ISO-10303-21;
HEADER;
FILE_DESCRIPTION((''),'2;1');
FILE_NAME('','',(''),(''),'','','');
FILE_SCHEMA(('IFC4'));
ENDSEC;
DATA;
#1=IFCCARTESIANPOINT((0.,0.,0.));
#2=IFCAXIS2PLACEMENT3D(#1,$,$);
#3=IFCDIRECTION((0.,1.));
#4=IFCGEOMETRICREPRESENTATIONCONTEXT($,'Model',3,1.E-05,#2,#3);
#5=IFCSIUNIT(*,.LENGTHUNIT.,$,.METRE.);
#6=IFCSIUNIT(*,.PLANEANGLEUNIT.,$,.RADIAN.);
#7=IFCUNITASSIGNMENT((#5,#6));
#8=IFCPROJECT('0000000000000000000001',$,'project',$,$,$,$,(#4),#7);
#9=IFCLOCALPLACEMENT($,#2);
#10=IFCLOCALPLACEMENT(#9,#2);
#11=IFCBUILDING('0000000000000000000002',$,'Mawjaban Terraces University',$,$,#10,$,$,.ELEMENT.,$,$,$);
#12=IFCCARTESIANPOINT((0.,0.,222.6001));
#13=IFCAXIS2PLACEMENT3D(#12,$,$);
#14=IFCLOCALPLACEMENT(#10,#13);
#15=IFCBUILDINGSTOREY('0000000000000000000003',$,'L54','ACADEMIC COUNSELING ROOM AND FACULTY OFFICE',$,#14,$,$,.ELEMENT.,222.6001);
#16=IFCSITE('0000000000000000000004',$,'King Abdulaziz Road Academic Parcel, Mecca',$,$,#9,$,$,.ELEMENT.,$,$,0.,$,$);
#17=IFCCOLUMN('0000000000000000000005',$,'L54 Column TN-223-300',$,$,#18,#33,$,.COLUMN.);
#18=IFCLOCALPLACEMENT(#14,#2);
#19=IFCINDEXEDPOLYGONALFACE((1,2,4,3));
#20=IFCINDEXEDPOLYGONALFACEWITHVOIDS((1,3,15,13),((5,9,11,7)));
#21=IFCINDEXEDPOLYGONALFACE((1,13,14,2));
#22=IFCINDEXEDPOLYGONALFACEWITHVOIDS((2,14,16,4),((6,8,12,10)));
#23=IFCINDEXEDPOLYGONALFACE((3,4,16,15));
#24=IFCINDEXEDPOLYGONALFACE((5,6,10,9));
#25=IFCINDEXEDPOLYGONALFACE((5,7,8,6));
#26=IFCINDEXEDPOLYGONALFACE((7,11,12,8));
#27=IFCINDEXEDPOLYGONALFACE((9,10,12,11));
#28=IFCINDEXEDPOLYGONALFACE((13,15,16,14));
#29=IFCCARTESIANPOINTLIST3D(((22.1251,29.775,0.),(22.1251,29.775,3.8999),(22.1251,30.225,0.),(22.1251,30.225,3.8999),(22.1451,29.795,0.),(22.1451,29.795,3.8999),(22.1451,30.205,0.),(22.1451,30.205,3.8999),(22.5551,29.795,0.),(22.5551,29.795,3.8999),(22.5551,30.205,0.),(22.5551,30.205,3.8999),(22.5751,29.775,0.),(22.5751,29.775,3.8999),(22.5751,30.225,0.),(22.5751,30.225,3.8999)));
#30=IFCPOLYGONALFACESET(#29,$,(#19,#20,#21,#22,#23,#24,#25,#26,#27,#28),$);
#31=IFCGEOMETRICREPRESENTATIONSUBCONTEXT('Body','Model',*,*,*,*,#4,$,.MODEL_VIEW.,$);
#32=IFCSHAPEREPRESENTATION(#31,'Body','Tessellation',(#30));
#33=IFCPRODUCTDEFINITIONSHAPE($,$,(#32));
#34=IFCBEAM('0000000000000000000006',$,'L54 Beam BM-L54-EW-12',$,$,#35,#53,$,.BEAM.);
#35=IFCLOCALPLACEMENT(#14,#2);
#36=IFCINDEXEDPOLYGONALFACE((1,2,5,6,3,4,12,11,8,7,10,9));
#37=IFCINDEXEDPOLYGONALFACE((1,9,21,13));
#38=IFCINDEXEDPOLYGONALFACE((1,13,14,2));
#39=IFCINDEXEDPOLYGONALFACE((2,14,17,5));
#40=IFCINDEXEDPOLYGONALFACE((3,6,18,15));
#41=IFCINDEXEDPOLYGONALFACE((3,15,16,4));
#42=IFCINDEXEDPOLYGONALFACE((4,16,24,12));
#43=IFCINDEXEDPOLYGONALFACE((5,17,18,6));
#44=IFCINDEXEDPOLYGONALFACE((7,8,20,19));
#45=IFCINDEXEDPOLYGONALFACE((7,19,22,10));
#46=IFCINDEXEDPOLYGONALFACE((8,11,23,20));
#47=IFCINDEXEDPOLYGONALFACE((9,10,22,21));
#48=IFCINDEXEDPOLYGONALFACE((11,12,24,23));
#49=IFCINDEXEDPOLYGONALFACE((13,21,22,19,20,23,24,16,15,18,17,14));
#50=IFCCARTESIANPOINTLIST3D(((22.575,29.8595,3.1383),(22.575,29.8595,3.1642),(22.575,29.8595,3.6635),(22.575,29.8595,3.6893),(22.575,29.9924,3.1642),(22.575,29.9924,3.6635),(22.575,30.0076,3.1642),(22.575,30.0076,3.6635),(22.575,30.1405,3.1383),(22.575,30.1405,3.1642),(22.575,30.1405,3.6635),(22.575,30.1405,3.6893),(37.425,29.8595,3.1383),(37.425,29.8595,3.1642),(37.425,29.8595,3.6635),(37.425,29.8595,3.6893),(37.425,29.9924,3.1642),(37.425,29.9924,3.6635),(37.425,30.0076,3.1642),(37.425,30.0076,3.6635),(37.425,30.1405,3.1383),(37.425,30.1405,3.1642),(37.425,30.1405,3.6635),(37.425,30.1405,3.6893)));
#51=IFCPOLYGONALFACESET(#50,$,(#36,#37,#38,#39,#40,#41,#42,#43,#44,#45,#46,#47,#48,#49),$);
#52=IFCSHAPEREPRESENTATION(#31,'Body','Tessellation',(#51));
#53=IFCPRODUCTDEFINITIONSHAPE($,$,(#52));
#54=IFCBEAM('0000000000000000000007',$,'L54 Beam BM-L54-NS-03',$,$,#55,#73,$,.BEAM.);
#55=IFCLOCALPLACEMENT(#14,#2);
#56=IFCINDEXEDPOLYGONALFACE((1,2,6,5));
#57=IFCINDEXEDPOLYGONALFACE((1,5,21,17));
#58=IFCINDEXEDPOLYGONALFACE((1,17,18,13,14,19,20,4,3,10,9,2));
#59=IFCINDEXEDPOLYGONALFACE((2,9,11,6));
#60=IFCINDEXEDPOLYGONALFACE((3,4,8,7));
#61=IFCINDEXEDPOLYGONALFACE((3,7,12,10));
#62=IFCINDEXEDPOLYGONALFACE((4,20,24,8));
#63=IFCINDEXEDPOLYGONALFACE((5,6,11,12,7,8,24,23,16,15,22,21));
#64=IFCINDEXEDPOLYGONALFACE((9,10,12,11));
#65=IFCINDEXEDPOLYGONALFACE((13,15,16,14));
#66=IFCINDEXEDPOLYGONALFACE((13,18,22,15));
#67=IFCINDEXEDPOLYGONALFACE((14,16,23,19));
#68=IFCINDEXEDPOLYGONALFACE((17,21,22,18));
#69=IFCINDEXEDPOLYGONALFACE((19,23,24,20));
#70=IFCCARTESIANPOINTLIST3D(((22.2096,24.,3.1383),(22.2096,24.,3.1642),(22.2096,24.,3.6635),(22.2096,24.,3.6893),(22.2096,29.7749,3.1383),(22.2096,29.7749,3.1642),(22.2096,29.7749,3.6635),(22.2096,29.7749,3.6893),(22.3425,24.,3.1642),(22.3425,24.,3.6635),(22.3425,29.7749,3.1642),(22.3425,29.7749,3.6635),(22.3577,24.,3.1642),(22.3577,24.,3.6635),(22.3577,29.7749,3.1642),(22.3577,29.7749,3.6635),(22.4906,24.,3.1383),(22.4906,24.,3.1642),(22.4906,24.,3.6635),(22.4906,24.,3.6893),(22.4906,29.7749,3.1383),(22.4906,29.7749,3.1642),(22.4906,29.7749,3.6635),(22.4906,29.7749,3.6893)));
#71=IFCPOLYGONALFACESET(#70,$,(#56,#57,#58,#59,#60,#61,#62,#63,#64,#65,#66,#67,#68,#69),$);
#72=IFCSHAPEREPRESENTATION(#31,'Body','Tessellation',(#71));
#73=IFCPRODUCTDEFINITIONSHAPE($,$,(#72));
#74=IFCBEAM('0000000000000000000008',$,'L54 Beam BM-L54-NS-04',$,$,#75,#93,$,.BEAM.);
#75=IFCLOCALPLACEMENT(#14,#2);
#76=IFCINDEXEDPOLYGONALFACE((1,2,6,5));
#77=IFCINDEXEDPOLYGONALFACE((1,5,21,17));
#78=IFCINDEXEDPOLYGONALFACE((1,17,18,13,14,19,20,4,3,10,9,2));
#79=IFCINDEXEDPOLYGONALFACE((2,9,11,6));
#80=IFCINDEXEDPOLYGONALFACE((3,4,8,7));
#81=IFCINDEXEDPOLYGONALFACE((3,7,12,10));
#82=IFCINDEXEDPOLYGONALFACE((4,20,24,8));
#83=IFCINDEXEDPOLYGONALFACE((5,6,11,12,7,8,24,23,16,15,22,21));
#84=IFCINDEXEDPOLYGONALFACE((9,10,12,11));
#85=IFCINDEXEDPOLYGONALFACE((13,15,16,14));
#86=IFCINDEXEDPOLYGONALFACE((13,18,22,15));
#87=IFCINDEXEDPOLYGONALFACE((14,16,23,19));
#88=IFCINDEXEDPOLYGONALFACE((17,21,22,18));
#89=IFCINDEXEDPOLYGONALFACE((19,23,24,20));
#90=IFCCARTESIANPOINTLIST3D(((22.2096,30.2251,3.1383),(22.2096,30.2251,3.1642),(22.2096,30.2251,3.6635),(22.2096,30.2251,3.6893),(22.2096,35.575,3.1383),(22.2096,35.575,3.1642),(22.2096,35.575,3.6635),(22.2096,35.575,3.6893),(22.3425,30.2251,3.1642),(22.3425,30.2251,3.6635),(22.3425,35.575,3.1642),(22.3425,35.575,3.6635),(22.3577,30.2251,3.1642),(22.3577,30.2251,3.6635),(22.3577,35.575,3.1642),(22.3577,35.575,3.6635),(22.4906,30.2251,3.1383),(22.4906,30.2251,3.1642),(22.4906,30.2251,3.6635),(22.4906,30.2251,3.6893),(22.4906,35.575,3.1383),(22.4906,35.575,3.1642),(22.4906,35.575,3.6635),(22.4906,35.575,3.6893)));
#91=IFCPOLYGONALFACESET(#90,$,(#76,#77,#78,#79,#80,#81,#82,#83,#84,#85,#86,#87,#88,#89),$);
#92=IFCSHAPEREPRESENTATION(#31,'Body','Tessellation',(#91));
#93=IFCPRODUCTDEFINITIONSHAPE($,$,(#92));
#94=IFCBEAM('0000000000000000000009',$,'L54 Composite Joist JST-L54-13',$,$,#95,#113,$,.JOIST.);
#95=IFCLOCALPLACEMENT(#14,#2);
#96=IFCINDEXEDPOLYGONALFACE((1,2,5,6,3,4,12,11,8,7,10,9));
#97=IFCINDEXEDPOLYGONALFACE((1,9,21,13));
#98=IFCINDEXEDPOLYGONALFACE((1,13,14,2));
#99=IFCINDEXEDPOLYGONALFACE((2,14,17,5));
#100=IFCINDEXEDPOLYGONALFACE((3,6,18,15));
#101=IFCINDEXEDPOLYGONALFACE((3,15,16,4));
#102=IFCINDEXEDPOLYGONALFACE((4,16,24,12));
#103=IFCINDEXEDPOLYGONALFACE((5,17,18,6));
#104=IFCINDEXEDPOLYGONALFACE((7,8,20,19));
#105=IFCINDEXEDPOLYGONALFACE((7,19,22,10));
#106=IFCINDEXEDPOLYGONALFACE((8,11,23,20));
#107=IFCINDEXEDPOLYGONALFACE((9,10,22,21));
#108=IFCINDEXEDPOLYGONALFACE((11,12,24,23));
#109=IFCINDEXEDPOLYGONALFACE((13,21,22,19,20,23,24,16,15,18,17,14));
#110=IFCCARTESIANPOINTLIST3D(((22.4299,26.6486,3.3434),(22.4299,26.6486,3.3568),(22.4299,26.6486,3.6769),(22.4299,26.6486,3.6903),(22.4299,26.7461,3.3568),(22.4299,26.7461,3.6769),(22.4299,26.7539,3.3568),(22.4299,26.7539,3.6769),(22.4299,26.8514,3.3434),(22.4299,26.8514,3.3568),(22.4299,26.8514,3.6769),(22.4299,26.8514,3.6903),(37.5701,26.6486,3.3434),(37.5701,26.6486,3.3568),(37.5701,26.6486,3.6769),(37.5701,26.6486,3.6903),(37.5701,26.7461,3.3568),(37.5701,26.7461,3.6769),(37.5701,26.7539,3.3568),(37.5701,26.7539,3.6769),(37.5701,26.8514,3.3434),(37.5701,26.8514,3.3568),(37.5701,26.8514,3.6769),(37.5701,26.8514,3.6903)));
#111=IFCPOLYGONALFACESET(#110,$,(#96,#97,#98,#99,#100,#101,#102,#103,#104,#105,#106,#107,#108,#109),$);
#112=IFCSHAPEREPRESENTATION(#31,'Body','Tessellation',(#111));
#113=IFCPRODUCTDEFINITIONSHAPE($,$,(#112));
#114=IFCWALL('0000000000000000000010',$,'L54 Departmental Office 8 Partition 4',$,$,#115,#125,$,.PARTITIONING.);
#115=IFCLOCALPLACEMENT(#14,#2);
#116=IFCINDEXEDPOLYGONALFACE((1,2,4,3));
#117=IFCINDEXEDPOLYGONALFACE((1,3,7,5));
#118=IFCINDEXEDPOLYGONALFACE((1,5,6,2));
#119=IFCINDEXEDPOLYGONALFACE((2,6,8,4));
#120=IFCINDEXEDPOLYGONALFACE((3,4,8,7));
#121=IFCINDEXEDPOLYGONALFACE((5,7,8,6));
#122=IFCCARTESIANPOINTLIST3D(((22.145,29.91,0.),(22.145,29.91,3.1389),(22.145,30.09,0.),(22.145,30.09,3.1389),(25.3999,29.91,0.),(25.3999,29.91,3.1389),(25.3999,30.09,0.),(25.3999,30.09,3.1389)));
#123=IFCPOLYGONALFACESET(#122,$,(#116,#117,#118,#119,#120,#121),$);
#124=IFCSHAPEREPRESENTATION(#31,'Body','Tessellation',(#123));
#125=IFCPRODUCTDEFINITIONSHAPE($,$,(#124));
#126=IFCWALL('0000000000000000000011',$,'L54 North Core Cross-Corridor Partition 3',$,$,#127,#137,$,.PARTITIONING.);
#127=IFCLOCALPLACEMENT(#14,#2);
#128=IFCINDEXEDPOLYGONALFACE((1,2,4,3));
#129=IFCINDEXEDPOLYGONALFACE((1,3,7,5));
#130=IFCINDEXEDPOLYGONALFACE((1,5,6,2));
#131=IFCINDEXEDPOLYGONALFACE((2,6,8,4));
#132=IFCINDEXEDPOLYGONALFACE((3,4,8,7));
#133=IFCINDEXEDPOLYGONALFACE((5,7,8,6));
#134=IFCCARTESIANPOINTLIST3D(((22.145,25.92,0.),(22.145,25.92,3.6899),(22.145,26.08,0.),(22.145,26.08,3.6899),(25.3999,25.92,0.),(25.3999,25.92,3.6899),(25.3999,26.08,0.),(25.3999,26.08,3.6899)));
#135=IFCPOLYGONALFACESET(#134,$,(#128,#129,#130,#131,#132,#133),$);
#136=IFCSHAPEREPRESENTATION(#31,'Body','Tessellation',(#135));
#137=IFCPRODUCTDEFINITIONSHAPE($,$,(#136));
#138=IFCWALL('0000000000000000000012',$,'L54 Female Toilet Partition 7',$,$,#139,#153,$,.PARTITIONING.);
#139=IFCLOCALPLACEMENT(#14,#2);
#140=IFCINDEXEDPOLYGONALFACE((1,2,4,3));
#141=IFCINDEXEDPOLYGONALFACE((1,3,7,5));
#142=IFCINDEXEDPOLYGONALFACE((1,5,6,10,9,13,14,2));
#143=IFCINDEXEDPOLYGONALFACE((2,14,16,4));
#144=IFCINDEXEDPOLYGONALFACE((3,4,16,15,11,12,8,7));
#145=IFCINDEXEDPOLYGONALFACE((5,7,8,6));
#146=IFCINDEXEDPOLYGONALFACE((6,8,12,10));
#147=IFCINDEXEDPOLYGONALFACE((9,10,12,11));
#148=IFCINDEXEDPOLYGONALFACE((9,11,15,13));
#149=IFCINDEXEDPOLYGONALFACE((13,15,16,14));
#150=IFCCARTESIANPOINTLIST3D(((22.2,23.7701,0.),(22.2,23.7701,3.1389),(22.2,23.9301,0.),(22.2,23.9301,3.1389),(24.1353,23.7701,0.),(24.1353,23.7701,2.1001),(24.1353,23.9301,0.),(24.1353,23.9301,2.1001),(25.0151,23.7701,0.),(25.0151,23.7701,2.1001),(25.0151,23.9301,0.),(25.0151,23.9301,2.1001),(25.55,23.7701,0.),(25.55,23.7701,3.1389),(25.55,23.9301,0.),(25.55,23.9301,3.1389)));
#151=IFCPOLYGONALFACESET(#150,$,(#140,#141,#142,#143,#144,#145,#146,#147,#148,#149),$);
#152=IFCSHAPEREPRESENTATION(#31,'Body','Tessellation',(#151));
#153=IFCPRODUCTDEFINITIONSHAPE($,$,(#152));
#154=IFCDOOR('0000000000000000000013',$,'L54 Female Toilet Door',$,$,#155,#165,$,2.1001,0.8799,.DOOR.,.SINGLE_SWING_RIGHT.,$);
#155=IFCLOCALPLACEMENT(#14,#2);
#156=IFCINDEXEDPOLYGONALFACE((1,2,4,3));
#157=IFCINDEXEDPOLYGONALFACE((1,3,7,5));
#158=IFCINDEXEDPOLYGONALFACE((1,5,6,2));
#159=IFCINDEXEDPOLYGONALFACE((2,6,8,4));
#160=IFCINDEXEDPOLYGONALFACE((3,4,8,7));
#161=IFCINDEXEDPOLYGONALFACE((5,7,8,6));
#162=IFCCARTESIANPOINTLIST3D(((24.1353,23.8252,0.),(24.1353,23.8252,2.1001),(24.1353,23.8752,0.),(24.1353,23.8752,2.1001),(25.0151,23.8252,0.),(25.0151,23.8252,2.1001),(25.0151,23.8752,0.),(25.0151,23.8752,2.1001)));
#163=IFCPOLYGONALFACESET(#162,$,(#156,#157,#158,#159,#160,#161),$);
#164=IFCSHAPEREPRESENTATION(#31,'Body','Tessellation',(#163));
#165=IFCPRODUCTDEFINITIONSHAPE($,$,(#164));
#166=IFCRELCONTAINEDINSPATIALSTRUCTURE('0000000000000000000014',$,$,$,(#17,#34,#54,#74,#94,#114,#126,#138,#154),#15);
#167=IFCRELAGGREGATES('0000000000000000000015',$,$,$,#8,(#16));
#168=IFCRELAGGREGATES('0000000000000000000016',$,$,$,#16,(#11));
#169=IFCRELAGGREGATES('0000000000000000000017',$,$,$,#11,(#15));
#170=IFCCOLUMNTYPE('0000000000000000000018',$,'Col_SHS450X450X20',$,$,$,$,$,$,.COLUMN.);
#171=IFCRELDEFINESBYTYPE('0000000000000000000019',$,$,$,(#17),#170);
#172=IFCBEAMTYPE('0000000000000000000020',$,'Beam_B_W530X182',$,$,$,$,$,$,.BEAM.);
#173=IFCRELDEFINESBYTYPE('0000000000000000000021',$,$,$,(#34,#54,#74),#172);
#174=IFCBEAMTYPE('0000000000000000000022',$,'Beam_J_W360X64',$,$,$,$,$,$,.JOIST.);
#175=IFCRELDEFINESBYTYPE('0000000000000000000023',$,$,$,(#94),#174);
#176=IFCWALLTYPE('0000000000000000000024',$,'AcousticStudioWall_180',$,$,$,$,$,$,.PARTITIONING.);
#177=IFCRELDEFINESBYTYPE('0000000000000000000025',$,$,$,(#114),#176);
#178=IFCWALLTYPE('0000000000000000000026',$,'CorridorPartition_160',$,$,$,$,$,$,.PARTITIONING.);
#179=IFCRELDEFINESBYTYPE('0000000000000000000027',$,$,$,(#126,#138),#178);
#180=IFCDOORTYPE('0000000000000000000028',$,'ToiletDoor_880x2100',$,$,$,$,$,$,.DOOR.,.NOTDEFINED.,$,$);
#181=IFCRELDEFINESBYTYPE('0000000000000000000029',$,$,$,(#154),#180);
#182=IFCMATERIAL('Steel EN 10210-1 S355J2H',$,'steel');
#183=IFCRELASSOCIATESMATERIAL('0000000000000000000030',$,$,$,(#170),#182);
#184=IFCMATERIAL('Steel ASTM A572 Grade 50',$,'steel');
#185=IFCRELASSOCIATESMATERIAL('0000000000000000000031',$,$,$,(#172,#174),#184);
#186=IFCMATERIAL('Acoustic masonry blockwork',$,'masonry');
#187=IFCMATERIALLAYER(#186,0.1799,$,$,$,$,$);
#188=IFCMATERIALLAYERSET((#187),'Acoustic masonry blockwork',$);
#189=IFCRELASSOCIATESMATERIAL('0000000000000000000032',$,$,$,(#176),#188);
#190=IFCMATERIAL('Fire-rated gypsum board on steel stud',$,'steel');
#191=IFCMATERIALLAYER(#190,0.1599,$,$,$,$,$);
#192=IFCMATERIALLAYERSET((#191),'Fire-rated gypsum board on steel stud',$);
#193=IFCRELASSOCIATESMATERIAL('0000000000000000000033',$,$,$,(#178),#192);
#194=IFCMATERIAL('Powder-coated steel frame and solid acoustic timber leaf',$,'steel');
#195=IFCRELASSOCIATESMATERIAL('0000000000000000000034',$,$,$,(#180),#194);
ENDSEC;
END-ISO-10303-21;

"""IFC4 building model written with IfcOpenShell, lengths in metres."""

from ifc_helpers import new_model, si_unit, direction, frame, frame_2d, origin, origin_2d, place, context, subcontext, project, spatial, rectangle, hollow_rectangle, i_section, extrude, material, layer, layer_set, material_profile, profile_set, type_object, element, fill, save


model = new_model("IFC4")

# Units and contexts
model_context = context("Model", 3, precision=1e-05, world=origin(), true_north=direction((0.0, 1.0)))
body_context = subcontext(model_context, "Body", "Model", "MODEL_VIEW")
ifc_project = project(units=[si_unit("LENGTHUNIT", "METRE"), si_unit("PLANEANGLEUNIT", "RADIAN")], contexts=[model_context])

# Site, building, storey
site_placement = place(None, origin())
site = spatial("IfcSite", under=ifc_project, at=site_placement, Name="King Abdulaziz Road Academic Parcel, Mecca", CompositionType="ELEMENT", RefElevation=0.0)
building_placement = place(site_placement, origin())
building = spatial("IfcBuilding", under=site, at=building_placement, Name="Mawjaban Terraces University", CompositionType="ELEMENT")
storey_placement = place(building_placement, frame((0.0, 0.0, 222.6001)))
storey = spatial("IfcBuildingStorey", under=building, at=storey_placement, Name="L54", Description="ACADEMIC COUNSELING ROOM AND FACULTY OFFICE", CompositionType="ELEMENT", Elevation=222.6001)

# Column
ifc_material_1 = material(Name="Steel EN 10210-1 S355J2H", Category="steel")
ifc_material_profile_1 = material_profile(ifc_material_1, hollow_rectangle(XDim=0.45, YDim=0.45, WallThickness=0.02, at=origin_2d()), Name="SHS450X450X20")
ifc_profile_set_1 = profile_set([ifc_material_profile_1], Name="Steel EN 10210-1 S355J2H")
column_type = type_object("IfcColumnType", Name="Col_SHS450X450X20", PredefinedType="COLUMN", material=ifc_profile_set_1)
column_placement = place(storey_placement, frame((22.3501, 30.0, 0.0), z_axis=(0.0, 0.0, 1.0), x_axis=(1.0, 0.0, 0.0)))
element("IfcColumn", 1, at=column_placement, inside=storey, type_object=column_type, Name="L54 Column TN-223-300", PredefinedType="COLUMN", context=body_context, shape_type="SweptSolid", body=[
    extrude(hollow_rectangle(XDim=0.45, YDim=0.45, WallThickness=0.02, at=origin_2d()), origin(), (0.0, 0.0, 1.0), 3.8999),
])

# Beams
ifc_material_2 = material(Name="Steel ASTM A572 Grade 50", Category="steel")
ifc_material_profile_2 = material_profile(ifc_material_2, i_section(OverallWidth=0.281, OverallDepth=0.551, WebThickness=0.0151, FlangeThickness=0.0259, at=origin_2d()), Name="W530X182")
ifc_profile_set_2 = profile_set([ifc_material_profile_2], Name="Steel ASTM A572 Grade 50")
beam_type_1 = type_object("IfcBeamType", Name="Beam_B_W530X182", PredefinedType="BEAM", material=ifc_profile_set_2)
beam_1_placement = place(storey_placement, frame((22.575, 30.0, 3.4138), z_axis=(1.0, 0.0, 0.0), x_axis=(0.0, 1.0, 0.0)))
element("IfcBeam", 2, at=beam_1_placement, inside=storey, type_object=beam_type_1, Name="L54 Beam BM-L54-EW-12", PredefinedType="BEAM", context=body_context, shape_type="SweptSolid", body=[
    extrude(i_section(OverallWidth=0.281, OverallDepth=0.551, WebThickness=0.0151, FlangeThickness=0.0259, at=origin_2d()), origin(), (0.0, 0.0, 1.0), 14.8501),
])
beam_2_placement = place(storey_placement, frame((22.3501, 24.0, 3.4138), z_axis=(0.0, 1.0, 0.0), x_axis=(-1.0, 0.0, 0.0)))
element("IfcBeam", 3, at=beam_2_placement, inside=storey, type_object=beam_type_1, Name="L54 Beam BM-L54-NS-03", PredefinedType="BEAM", context=body_context, shape_type="SweptSolid", body=[
    extrude(i_section(OverallWidth=0.281, OverallDepth=0.551, WebThickness=0.0151, FlangeThickness=0.0259, at=origin_2d()), origin(), (0.0, 0.0, 1.0), 5.7749),
])
beam_3_placement = place(storey_placement, frame((22.3501, 30.2251, 3.4138), z_axis=(0.0, 1.0, 0.0), x_axis=(-1.0, 0.0, 0.0)))
element("IfcBeam", 4, at=beam_3_placement, inside=storey, type_object=beam_type_1, Name="L54 Beam BM-L54-NS-04", PredefinedType="BEAM", context=body_context, shape_type="SweptSolid", body=[
    extrude(i_section(OverallWidth=0.281, OverallDepth=0.551, WebThickness=0.0151, FlangeThickness=0.0259, at=origin_2d()), origin(), (0.0, 0.0, 1.0), 5.3499),
])
ifc_material_profile_3 = material_profile(ifc_material_2, i_section(OverallWidth=0.2029, OverallDepth=0.3469, WebThickness=0.0078, FlangeThickness=0.0134, at=origin_2d()), Name="W360X64")
ifc_profile_set_3 = profile_set([ifc_material_profile_3], Name="Steel ASTM A572 Grade 50")
beam_type_2 = type_object("IfcBeamType", Name="Beam_J_W360X64", PredefinedType="JOIST", material=ifc_profile_set_3)
beam_4_placement = place(storey_placement, frame((22.4299, 26.75, 3.5168), z_axis=(1.0, 0.0, 0.0), x_axis=(0.0, 1.0, 0.0)))
element("IfcBeam", 5, at=beam_4_placement, inside=storey, type_object=beam_type_2, Name="L54 Composite Joist JST-L54-13", PredefinedType="JOIST", context=body_context, shape_type="SweptSolid", body=[
    extrude(i_section(OverallWidth=0.2029, OverallDepth=0.3469, WebThickness=0.0078, FlangeThickness=0.0134, at=origin_2d()), origin(), (0.0, 0.0, 1.0), 15.1401),
])

# Walls
ifc_material_3 = material(Name="Acoustic masonry blockwork", Category="masonry")
ifc_layer_1 = layer(ifc_material_3, 0.1799)
ifc_layer_set_1 = layer_set([ifc_layer_1], Name="Acoustic masonry blockwork")
wall_type_1 = type_object("IfcWallType", Name="AcousticStudioWall_180", PredefinedType="PARTITIONING", material=ifc_layer_set_1)
wall_1_placement = place(storey_placement, frame((25.3999, 30.0, 0.0), z_axis=(0.0, 0.0, 1.0), x_axis=(-1.0, 0.0, 0.0)))
element("IfcWall", 6, at=wall_1_placement, inside=storey, type_object=wall_type_1, Name="L54 Departmental Office 8 Partition 4", PredefinedType="PARTITIONING", context=body_context, shape_type="SweptSolid", body=[
    extrude(rectangle(XDim=3.2549, YDim=0.1799, at=frame_2d((1.6274, 0.0))), origin(), (0.0, 0.0, 1.0), 3.1389),
])
ifc_material_4 = material(Name="Fire-rated gypsum board on steel stud", Category="steel")
ifc_layer_2 = layer(ifc_material_4, 0.1599)
ifc_layer_set_2 = layer_set([ifc_layer_2], Name="Fire-rated gypsum board on steel stud")
wall_type_2 = type_object("IfcWallType", Name="CorridorPartition_160", PredefinedType="PARTITIONING", material=ifc_layer_set_2)
wall_2_placement = place(storey_placement, frame((25.3999, 26.0, 0.0), z_axis=(0.0, 0.0, 1.0), x_axis=(-1.0, 0.0, 0.0)))
element("IfcWall", 7, at=wall_2_placement, inside=storey, type_object=wall_type_2, Name="L54 North Core Cross-Corridor Partition 3", PredefinedType="PARTITIONING", context=body_context, shape_type="SweptSolid", body=[
    extrude(rectangle(XDim=3.2549, YDim=0.1599, at=frame_2d((1.6274, 0.0))), origin(), (0.0, 0.0, 1.0), 3.6899),
])

# Wall, opening, door
wall_3_placement = place(storey_placement, frame((25.55, 23.8501, 0.0), z_axis=(0.0, 0.0, 1.0), x_axis=(-1.0, 0.0, 0.0)))
wall_3 = element("IfcWall", 8, at=wall_3_placement, inside=storey, type_object=wall_type_2, Name="L54 Female Toilet Partition 7", PredefinedType="PARTITIONING", context=body_context, shape_type="SweptSolid", body=[
    extrude(rectangle(XDim=3.3501, YDim=0.1599, at=frame_2d((1.675, 0.0))), origin(), (0.0, 0.0, 1.0), 3.1389),
])
opening_1_placement = place(wall_3_placement, frame((0.5349, 0.0, 0.0)))
opening_1 = element("IfcOpeningElement", 9, at=opening_1_placement, cuts=wall_3, PredefinedType="OPENING", context=body_context, shape_type="SweptSolid", body=[
    extrude(rectangle(XDim=0.8799, YDim=2.1001, at=frame_2d((0.4399, 1.05))), frame((0.0, 0.0898, 0.0), z_axis=(0.0, -1.0, 0.0), x_axis=(1.0, 0.0, 0.0)), (0.0, 0.0, 1.0), 0.1799),
])
ifc_material_5 = material(Name="Powder-coated steel frame and solid acoustic timber leaf", Category="steel")
door_type_1 = type_object("IfcDoorType", Name="ToiletDoor_880x2100", OperationType="NOTDEFINED", PredefinedType="DOOR", material=ifc_material_5)
door_1_placement = place(opening_1_placement, origin())
door_1 = element("IfcDoor", 10, at=door_1_placement, inside=storey, type_object=door_type_1, Name="L54 Female Toilet Door", OperationType="SINGLE_SWING_RIGHT", OverallHeight=2.1001, OverallWidth=0.8799, PredefinedType="DOOR", context=body_context, shape_type="SweptSolid", body=[
    extrude(rectangle(XDim=0.8799, YDim=2.1001, at=frame_2d((0.4399, 1.05))), frame((0.0, 0.0249, 0.0), z_axis=(0.0, -1.0, 0.0), x_axis=(1.0, 0.0, 0.0)), (0.0, 0.0, 1.0), 0.05),
])
fill(opening_1, door_1)

save(model, "model.ifc")
